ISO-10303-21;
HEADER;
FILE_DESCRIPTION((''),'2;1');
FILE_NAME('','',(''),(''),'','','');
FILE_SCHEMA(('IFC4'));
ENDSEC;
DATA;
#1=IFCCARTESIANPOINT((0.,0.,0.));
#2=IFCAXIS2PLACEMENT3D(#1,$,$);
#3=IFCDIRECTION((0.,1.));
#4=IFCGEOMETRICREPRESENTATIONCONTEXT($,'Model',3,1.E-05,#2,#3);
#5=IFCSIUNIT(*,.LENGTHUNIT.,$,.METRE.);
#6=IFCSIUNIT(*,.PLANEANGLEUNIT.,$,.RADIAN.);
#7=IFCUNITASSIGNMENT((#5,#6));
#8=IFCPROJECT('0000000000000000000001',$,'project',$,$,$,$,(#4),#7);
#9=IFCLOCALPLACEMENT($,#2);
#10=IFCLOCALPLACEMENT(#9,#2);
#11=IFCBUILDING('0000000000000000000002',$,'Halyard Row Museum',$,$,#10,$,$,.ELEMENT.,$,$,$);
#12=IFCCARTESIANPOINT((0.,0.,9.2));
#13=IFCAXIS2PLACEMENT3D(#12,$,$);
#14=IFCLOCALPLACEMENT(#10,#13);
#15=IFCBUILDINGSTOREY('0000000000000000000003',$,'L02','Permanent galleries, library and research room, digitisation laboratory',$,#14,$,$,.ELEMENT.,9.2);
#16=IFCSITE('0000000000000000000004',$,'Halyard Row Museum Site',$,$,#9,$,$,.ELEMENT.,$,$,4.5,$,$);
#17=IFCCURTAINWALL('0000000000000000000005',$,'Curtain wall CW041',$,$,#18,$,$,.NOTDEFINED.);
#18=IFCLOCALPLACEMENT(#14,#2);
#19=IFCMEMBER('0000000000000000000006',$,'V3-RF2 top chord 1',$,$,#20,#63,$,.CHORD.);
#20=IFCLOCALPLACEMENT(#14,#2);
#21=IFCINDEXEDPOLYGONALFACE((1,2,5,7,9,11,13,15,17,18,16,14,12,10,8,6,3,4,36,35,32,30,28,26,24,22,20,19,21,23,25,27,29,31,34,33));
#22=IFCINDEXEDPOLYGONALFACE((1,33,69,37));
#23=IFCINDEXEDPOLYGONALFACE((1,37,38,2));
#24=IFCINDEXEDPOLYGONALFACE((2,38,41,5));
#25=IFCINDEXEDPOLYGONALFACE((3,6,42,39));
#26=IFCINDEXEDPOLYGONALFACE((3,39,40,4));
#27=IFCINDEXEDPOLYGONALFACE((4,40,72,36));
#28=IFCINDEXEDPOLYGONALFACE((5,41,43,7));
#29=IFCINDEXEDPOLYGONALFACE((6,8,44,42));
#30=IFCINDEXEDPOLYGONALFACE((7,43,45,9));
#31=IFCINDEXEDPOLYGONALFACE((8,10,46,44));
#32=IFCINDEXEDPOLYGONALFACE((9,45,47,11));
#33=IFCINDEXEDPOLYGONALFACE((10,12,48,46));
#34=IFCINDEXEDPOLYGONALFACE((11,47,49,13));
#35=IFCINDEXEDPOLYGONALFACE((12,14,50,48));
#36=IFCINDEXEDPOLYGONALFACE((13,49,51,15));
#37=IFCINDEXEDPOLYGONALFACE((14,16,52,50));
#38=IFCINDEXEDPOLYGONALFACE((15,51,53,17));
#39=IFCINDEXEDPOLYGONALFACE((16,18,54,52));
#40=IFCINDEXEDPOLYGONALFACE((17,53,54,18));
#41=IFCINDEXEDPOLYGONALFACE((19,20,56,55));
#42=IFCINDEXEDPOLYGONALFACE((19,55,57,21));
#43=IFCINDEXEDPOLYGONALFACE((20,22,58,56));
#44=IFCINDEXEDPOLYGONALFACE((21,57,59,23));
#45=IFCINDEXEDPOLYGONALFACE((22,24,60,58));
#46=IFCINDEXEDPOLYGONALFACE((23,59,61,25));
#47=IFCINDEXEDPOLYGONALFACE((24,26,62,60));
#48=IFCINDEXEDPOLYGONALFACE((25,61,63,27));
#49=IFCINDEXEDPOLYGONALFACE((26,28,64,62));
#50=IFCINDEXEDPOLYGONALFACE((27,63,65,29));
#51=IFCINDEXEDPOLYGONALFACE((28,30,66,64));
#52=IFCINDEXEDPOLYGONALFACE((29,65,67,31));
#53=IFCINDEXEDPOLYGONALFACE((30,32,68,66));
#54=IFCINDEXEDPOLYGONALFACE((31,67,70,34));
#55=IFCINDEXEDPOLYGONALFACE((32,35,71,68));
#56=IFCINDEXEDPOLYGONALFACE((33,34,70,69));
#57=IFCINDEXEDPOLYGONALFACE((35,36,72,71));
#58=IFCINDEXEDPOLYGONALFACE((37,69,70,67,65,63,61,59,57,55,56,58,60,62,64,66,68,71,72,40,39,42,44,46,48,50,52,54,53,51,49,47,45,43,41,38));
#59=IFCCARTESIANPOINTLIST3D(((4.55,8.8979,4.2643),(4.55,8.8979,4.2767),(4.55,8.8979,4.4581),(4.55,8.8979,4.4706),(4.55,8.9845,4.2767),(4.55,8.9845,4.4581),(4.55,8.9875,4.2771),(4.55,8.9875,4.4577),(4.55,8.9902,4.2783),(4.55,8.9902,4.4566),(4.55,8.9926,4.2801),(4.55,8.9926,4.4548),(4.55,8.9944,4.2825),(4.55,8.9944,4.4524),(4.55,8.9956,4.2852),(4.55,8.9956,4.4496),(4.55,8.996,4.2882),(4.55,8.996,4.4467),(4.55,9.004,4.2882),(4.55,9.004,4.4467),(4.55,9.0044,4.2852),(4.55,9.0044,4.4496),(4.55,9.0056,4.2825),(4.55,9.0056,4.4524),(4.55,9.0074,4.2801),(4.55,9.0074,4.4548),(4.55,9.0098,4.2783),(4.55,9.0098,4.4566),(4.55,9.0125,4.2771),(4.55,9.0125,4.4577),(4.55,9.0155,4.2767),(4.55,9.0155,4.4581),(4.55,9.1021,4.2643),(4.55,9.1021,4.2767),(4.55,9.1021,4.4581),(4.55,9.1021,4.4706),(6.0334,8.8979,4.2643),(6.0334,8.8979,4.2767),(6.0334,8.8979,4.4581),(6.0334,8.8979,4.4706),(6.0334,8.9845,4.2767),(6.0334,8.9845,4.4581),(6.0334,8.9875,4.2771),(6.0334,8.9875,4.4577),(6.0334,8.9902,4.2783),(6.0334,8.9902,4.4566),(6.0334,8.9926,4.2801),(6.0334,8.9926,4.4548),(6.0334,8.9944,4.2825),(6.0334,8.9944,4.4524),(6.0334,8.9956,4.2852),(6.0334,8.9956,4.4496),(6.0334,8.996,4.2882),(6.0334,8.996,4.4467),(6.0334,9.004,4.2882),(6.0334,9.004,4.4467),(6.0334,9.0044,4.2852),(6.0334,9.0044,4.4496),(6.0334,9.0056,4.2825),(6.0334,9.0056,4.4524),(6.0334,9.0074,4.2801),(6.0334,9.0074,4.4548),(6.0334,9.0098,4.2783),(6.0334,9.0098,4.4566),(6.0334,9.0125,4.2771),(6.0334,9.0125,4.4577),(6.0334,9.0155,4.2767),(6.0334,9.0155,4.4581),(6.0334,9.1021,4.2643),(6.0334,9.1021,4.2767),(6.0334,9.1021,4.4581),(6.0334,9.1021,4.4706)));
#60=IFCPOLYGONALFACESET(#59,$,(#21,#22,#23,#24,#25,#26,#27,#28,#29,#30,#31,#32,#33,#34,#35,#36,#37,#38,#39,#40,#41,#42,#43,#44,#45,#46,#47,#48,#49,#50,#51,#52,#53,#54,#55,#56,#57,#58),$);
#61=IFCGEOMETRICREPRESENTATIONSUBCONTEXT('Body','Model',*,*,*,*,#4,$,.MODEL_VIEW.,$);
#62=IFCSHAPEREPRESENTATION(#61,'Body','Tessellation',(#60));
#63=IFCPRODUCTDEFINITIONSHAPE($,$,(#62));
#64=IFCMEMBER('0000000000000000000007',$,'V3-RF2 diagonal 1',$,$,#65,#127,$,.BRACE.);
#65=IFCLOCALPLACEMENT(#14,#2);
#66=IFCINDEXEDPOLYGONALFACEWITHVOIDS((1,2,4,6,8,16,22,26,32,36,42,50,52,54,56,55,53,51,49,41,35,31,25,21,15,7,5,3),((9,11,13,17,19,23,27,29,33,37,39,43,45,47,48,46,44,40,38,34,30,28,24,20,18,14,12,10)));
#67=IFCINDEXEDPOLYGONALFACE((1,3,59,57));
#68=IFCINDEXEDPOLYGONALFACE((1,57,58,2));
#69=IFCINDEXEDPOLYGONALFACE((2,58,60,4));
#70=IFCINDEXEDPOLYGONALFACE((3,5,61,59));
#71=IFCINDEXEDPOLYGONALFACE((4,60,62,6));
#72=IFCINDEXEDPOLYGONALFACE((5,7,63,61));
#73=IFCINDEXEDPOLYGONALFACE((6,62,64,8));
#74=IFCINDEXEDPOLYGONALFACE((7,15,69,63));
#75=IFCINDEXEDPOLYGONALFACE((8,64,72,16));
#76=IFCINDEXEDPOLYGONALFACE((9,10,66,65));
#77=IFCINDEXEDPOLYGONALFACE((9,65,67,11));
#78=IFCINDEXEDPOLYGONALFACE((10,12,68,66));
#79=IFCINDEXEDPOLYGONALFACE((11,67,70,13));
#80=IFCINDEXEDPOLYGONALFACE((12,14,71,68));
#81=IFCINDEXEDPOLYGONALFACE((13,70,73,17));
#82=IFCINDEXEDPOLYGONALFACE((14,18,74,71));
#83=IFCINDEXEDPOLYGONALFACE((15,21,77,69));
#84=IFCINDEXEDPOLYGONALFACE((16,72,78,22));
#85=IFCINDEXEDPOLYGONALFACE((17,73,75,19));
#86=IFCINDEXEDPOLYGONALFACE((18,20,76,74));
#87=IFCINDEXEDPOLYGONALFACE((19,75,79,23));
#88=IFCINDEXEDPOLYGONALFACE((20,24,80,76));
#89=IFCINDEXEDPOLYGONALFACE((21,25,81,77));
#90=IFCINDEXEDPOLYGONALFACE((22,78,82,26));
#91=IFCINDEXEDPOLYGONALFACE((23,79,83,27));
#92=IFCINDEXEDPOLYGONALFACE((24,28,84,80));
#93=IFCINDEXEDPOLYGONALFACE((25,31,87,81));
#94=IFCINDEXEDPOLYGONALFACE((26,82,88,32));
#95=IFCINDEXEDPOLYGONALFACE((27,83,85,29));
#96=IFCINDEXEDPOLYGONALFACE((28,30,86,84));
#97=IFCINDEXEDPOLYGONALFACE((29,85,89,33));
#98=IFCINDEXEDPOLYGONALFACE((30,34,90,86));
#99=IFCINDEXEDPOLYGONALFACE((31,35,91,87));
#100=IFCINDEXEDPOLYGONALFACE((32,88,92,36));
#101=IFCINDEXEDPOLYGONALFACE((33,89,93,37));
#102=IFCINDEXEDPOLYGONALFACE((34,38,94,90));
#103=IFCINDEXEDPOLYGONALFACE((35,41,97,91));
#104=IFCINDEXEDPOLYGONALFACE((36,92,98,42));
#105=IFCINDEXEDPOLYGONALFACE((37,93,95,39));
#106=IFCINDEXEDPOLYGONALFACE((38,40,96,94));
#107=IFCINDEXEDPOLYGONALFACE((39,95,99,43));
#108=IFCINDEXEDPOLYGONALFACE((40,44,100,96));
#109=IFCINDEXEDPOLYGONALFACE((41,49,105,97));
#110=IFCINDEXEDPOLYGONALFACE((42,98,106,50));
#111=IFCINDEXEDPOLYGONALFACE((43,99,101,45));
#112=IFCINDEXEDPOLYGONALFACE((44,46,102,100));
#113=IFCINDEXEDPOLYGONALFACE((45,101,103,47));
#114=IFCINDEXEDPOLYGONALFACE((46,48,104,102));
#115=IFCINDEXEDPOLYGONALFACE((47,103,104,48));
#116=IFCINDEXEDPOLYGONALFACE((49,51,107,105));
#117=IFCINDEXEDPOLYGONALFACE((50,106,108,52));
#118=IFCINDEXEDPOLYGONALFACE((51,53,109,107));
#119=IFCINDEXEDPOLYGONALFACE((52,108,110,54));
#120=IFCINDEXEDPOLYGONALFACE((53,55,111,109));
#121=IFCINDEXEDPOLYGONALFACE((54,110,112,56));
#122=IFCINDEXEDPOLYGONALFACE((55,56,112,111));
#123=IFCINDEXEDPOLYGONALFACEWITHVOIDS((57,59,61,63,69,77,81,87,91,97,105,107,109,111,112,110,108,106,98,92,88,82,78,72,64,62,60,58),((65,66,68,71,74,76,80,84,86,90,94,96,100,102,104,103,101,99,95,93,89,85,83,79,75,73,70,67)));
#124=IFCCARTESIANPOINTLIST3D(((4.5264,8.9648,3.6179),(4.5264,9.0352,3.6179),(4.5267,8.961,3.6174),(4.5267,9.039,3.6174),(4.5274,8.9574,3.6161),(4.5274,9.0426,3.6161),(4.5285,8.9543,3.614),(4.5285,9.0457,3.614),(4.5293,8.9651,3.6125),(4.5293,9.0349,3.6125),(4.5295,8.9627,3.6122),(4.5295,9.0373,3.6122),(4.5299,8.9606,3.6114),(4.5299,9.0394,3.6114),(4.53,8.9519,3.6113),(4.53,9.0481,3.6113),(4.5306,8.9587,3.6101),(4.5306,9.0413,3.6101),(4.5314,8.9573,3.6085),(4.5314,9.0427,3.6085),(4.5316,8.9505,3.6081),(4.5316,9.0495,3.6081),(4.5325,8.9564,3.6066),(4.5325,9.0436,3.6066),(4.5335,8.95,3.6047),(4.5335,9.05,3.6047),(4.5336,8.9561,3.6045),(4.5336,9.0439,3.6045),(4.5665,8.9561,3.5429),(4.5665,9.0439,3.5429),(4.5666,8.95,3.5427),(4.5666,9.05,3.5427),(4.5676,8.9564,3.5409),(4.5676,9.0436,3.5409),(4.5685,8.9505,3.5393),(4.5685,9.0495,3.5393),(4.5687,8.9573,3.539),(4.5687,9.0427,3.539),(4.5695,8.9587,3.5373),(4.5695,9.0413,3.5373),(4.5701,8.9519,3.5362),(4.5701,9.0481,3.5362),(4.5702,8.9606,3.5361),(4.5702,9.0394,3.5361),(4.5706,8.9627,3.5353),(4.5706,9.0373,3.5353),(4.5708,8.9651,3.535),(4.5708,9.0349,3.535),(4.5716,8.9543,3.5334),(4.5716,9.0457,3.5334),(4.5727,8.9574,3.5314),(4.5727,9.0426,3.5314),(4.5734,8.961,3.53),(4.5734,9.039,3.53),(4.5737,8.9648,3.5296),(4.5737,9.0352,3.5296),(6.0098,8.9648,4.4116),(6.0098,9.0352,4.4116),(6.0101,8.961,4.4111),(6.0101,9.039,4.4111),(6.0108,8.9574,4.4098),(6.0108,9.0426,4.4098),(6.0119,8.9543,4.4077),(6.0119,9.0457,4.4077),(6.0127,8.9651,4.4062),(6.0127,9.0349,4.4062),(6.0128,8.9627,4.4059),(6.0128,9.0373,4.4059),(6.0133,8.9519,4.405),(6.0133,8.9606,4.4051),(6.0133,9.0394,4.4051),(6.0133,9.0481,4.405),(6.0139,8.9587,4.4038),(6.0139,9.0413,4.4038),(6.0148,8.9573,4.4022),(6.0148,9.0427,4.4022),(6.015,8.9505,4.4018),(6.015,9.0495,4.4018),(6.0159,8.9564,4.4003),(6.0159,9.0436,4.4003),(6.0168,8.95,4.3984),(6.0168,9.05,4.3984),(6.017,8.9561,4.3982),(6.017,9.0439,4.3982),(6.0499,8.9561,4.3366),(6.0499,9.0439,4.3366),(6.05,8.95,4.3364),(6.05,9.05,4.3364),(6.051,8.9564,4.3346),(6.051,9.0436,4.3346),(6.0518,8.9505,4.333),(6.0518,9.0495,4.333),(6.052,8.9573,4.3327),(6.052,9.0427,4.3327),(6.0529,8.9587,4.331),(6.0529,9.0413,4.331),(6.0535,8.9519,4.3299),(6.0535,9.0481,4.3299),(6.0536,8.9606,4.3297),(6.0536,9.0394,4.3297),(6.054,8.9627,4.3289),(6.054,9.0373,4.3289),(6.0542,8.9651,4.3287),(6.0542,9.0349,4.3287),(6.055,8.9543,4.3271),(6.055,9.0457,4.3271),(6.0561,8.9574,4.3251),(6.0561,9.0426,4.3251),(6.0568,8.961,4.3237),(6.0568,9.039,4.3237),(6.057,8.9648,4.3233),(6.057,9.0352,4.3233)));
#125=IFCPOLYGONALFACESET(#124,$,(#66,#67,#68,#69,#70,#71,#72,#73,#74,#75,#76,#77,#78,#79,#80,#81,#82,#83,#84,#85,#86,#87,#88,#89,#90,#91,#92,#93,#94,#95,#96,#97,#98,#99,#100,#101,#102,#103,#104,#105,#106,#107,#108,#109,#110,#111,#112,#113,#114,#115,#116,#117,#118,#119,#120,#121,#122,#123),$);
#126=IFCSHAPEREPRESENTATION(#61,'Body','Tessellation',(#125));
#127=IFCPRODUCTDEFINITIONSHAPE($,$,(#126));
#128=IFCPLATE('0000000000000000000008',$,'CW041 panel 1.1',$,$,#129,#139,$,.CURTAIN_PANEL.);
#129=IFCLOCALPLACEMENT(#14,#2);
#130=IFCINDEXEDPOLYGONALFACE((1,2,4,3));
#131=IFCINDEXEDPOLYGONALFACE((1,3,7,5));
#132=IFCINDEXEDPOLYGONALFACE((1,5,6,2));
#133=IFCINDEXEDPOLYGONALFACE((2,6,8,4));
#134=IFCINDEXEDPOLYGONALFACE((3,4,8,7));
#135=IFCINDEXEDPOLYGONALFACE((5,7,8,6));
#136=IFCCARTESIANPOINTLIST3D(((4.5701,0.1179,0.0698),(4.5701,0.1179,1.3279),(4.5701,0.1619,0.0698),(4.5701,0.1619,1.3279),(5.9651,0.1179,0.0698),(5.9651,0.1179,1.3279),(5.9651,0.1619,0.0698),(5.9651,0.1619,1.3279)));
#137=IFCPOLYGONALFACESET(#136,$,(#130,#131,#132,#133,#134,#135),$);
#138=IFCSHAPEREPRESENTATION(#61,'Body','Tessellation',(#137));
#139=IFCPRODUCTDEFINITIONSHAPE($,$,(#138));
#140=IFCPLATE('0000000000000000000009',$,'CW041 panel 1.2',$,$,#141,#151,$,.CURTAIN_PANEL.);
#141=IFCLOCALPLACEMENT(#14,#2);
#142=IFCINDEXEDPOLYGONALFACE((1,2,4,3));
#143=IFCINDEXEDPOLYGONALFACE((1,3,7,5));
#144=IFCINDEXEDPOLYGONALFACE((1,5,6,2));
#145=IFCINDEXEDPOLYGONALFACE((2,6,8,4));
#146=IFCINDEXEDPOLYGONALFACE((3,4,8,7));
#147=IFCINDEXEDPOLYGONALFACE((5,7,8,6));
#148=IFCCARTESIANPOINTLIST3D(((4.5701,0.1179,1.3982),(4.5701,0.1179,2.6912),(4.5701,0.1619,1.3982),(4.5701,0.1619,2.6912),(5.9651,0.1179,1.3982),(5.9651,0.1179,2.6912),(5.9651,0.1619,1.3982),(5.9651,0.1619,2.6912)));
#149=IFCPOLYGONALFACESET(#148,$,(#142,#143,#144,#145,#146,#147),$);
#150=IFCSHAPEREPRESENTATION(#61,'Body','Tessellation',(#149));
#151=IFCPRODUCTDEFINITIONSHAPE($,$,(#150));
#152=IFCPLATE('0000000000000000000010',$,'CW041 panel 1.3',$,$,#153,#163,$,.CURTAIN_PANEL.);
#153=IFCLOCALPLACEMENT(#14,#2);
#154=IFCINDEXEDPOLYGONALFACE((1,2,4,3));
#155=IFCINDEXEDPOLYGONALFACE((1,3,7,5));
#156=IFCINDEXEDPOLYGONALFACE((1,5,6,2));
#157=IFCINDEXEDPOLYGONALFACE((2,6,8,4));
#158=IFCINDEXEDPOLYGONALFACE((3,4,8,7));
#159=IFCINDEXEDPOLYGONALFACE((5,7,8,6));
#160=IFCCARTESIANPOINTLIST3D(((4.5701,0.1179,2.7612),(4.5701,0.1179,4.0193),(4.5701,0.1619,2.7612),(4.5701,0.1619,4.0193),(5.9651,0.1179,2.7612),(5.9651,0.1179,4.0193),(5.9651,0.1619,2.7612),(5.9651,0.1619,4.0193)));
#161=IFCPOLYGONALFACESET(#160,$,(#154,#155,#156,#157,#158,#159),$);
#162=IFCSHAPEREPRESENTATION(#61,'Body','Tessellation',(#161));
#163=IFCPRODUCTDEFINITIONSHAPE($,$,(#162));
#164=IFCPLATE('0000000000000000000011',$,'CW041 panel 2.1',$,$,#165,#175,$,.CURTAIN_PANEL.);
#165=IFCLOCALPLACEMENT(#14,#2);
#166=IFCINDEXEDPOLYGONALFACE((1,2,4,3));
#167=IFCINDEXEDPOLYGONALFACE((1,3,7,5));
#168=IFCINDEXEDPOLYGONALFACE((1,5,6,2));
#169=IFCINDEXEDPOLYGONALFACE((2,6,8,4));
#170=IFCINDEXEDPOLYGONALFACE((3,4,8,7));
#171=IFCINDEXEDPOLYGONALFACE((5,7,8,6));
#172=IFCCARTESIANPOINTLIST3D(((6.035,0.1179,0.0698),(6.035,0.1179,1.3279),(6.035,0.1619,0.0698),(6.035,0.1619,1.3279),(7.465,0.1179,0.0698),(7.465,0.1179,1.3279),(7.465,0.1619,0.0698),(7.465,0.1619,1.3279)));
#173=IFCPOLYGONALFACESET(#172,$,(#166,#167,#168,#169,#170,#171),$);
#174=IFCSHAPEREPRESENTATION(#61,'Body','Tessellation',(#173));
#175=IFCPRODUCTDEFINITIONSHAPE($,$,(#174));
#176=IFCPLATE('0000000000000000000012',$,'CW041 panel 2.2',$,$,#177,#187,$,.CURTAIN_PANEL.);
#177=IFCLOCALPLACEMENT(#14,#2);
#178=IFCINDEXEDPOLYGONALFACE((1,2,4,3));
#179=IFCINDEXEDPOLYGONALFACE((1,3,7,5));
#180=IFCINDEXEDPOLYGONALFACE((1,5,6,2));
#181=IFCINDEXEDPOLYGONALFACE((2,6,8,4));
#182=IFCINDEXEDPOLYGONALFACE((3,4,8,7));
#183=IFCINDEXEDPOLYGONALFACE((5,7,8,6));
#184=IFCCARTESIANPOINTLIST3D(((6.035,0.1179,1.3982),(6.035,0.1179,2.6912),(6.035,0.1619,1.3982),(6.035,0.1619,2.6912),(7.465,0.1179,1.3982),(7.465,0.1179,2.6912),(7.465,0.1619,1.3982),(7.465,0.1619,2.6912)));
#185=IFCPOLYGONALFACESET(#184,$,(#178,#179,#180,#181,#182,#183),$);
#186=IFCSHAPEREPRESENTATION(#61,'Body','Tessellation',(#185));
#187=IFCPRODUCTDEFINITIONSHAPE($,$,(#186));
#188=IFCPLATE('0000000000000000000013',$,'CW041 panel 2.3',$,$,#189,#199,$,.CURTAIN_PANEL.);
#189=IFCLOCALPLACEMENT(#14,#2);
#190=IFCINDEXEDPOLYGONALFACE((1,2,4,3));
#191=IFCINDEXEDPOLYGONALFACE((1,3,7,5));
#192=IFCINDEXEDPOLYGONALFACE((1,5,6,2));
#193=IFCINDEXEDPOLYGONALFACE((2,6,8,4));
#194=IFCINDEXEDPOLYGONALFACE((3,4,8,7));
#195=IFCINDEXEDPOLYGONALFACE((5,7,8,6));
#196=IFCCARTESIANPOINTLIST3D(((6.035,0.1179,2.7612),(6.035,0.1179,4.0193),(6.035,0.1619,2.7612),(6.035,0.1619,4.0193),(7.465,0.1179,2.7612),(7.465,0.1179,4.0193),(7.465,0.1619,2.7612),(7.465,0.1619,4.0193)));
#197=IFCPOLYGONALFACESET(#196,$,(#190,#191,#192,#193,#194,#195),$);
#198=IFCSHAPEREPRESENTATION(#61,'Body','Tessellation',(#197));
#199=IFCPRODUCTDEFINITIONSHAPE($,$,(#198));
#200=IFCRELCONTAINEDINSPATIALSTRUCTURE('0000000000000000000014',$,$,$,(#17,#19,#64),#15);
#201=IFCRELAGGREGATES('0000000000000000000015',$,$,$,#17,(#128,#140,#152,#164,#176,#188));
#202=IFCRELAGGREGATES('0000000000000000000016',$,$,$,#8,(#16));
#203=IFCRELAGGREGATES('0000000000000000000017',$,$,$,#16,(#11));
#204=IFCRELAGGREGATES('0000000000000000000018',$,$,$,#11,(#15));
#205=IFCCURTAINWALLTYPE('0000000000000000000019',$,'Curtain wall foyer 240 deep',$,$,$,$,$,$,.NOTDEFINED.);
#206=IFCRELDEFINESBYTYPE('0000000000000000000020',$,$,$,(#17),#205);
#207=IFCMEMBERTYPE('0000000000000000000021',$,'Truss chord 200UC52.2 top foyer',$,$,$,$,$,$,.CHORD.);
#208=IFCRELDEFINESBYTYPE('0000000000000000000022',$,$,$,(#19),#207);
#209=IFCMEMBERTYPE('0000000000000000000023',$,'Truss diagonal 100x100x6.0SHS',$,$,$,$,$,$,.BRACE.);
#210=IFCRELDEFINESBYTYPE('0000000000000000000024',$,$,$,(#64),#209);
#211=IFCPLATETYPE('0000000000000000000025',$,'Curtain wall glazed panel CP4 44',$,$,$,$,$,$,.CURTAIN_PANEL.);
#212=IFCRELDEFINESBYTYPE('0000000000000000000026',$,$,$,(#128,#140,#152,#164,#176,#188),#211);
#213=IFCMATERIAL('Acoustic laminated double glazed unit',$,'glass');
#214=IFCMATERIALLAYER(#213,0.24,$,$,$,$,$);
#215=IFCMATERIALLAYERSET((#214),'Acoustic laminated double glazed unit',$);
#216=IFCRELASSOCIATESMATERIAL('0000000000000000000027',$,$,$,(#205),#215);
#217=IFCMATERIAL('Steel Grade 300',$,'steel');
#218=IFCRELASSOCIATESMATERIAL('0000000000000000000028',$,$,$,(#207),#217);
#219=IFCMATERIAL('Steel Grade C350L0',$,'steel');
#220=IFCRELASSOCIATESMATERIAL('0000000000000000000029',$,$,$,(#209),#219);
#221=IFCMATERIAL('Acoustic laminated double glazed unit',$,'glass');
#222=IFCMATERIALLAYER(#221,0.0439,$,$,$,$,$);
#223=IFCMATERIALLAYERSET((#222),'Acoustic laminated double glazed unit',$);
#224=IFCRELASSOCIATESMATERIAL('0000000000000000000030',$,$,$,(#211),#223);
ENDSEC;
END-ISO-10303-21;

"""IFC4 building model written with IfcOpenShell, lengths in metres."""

from ifc_helpers import new_model, si_unit, direction, frame, origin, origin_2d, place, context, subcontext, project, spatial, rectangle, hollow_rectangle, i_section, extrude, material, layer, layer_set, material_profile, profile_set, type_object, element, aggregate, save


model = new_model("IFC4")

# Units and contexts
model_context = context("Model", 3, precision=1e-05, world=origin(), true_north=direction((0.0, 1.0)))
body_context = subcontext(model_context, "Body", "Model", "MODEL_VIEW")
ifc_project = project(units=[si_unit("LENGTHUNIT", "METRE"), si_unit("PLANEANGLEUNIT", "RADIAN")], contexts=[model_context])

# Site, building, storey
site_placement = place(None, origin())
site = spatial("IfcSite", under=ifc_project, at=site_placement, Name="Halyard Row Museum Site", CompositionType="ELEMENT", RefElevation=4.5)
building_placement = place(site_placement, origin())
building = spatial("IfcBuilding", under=site, at=building_placement, Name="Halyard Row Museum", CompositionType="ELEMENT")
storey_placement = place(building_placement, frame((0.0, 0.0, 9.2)))
storey = spatial("IfcBuildingStorey", under=building, at=storey_placement, Name="L02", Description="Permanent galleries, library and research room, digitisation laboratory", CompositionType="ELEMENT", Elevation=9.2)

# Curtain wall
ifc_material_1 = material(Name="Acoustic laminated double glazed unit", Category="glass")
ifc_layer_1 = layer(ifc_material_1, 0.24)
ifc_layer_set_1 = layer_set([ifc_layer_1], Name="Acoustic laminated double glazed unit")
curtain_wall_type = type_object("IfcCurtainWallType", Name="Curtain wall foyer 240 deep", PredefinedType="NOTDEFINED", material=ifc_layer_set_1)
curtain_wall_placement = place(storey_placement, origin())
curtain_wall = element("IfcCurtainWall", 1, at=curtain_wall_placement, inside=storey, type_object=curtain_wall_type, Name="Curtain wall CW041", PredefinedType="NOTDEFINED")

# Members
ifc_material_2 = material(Name="Steel Grade 300", Category="steel")
ifc_material_profile_1 = material_profile(ifc_material_2, i_section(OverallWidth=0.2041, OverallDepth=0.2063, WebThickness=0.0081, FlangeThickness=0.0125, FilletRadius=0.0115, at=origin_2d()), Name="200UC52.2")
ifc_profile_set_1 = profile_set([ifc_material_profile_1], Name="Steel Grade 300")
member_type_1 = type_object("IfcMemberType", Name="Truss chord 200UC52.2 top foyer", PredefinedType="CHORD", material=ifc_profile_set_1)
member_1_placement = place(storey_placement, frame((4.55, 9.0, 4.3674), z_axis=(1.0, 0.0, 0.0), x_axis=(0.0, 1.0, 0.0)))
element("IfcMember", 2, at=member_1_placement, inside=storey, type_object=member_type_1, Name="V3-RF2 top chord 1", PredefinedType="CHORD", context=body_context, shape_type="SweptSolid", body=[
    extrude(i_section(OverallWidth=0.2041, OverallDepth=0.2063, WebThickness=0.0081, FlangeThickness=0.0125, FilletRadius=0.0115, at=origin_2d()), origin(), (0.0, 0.0, 1.0), 1.4834),
])
ifc_material_3 = material(Name="Steel Grade C350L0", Category="steel")
ifc_material_profile_2 = material_profile(ifc_material_3, hollow_rectangle(XDim=0.1001, YDim=0.1001, WallThickness=0.0061, InnerFilletRadius=0.009, OuterFilletRadius=0.0149, at=origin_2d()), Name="100x100x6.0SHS")
ifc_profile_set_2 = profile_set([ifc_material_profile_2], Name="Steel Grade C350L0")
member_type_2 = type_object("IfcMemberType", Name="Truss diagonal 100x100x6.0SHS", PredefinedType="BRACE", material=ifc_profile_set_2)
member_2_placement = place(storey_placement, frame((4.55, 9.0, 3.5737), z_axis=(0.881721, 0.0, 0.47177), x_axis=(0.0, 1.0, 0.0)))
element("IfcMember", 3, at=member_2_placement, inside=storey, type_object=member_type_2, Name="V3-RF2 diagonal 1", PredefinedType="BRACE", context=body_context, shape_type="SweptSolid", body=[
    extrude(hollow_rectangle(XDim=0.1001, YDim=0.1001, WallThickness=0.0061, InnerFilletRadius=0.009, OuterFilletRadius=0.0149, at=origin_2d()), origin(), (0.0, 0.0, 1.0), 1.6824),
])

# Plates
ifc_material_4 = material(Name="Acoustic laminated double glazed unit", Category="glass")
ifc_layer_2 = layer(ifc_material_4, 0.0439)
ifc_layer_set_2 = layer_set([ifc_layer_2], Name="Acoustic laminated double glazed unit")
plate_type = type_object("IfcPlateType", Name="Curtain wall glazed panel CP4 44", PredefinedType="CURTAIN_PANEL", material=ifc_layer_set_2)
plate_1_placement = place(storey_placement, frame((5.2676, 0.1399, 0.0698), z_axis=(0.0, 0.0, 1.0), x_axis=(1.0, 0.0, 0.0)))
plate_1 = element("IfcPlate", 4, at=plate_1_placement, type_object=plate_type, Name="CW041 panel 1.1", PredefinedType="CURTAIN_PANEL", context=body_context, shape_type="SweptSolid", body=[
    extrude(rectangle(XDim=1.395, YDim=0.0439, at=origin_2d()), origin(), (0.0, 0.0, 1.0), 1.2581),
])
plate_2_placement = place(storey_placement, frame((5.2676, 0.1399, 1.3982), z_axis=(0.0, 0.0, 1.0), x_axis=(1.0, 0.0, 0.0)))
plate_2 = element("IfcPlate", 5, at=plate_2_placement, type_object=plate_type, Name="CW041 panel 1.2", PredefinedType="CURTAIN_PANEL", context=body_context, shape_type="SweptSolid", body=[
    extrude(rectangle(XDim=1.395, YDim=0.0439, at=origin_2d()), origin(), (0.0, 0.0, 1.0), 1.293),
])
plate_3_placement = place(storey_placement, frame((5.2676, 0.1399, 2.7612), z_axis=(0.0, 0.0, 1.0), x_axis=(1.0, 0.0, 0.0)))
plate_3 = element("IfcPlate", 6, at=plate_3_placement, type_object=plate_type, Name="CW041 panel 1.3", PredefinedType="CURTAIN_PANEL", context=body_context, shape_type="SweptSolid", body=[
    extrude(rectangle(XDim=1.395, YDim=0.0439, at=origin_2d()), origin(), (0.0, 0.0, 1.0), 1.2581),
])
plate_4_placement = place(storey_placement, frame((6.75, 0.1399, 0.0698), z_axis=(0.0, 0.0, 1.0), x_axis=(1.0, 0.0, 0.0)))
plate_4 = element("IfcPlate", 7, at=plate_4_placement, type_object=plate_type, Name="CW041 panel 2.1", PredefinedType="CURTAIN_PANEL", context=body_context, shape_type="SweptSolid", body=[
    extrude(rectangle(XDim=1.4299, YDim=0.0439, at=origin_2d()), origin(), (0.0, 0.0, 1.0), 1.2581),
])
plate_5_placement = place(storey_placement, frame((6.75, 0.1399, 1.3982), z_axis=(0.0, 0.0, 1.0), x_axis=(1.0, 0.0, 0.0)))
plate_5 = element("IfcPlate", 8, at=plate_5_placement, type_object=plate_type, Name="CW041 panel 2.2", PredefinedType="CURTAIN_PANEL", context=body_context, shape_type="SweptSolid", body=[
    extrude(rectangle(XDim=1.4299, YDim=0.0439, at=origin_2d()), origin(), (0.0, 0.0, 1.0), 1.293),
])
plate_6_placement = place(storey_placement, frame((6.75, 0.1399, 2.7612), z_axis=(0.0, 0.0, 1.0), x_axis=(1.0, 0.0, 0.0)))
plate_6 = element("IfcPlate", 9, at=plate_6_placement, type_object=plate_type, Name="CW041 panel 2.3", PredefinedType="CURTAIN_PANEL", context=body_context, shape_type="SweptSolid", body=[
    extrude(rectangle(XDim=1.4299, YDim=0.0439, at=origin_2d()), origin(), (0.0, 0.0, 1.0), 1.2581),
])
aggregate(curtain_wall, [plate_1, plate_2, plate_3, plate_4, plate_5, plate_6])

save(model, "model.ifc")
